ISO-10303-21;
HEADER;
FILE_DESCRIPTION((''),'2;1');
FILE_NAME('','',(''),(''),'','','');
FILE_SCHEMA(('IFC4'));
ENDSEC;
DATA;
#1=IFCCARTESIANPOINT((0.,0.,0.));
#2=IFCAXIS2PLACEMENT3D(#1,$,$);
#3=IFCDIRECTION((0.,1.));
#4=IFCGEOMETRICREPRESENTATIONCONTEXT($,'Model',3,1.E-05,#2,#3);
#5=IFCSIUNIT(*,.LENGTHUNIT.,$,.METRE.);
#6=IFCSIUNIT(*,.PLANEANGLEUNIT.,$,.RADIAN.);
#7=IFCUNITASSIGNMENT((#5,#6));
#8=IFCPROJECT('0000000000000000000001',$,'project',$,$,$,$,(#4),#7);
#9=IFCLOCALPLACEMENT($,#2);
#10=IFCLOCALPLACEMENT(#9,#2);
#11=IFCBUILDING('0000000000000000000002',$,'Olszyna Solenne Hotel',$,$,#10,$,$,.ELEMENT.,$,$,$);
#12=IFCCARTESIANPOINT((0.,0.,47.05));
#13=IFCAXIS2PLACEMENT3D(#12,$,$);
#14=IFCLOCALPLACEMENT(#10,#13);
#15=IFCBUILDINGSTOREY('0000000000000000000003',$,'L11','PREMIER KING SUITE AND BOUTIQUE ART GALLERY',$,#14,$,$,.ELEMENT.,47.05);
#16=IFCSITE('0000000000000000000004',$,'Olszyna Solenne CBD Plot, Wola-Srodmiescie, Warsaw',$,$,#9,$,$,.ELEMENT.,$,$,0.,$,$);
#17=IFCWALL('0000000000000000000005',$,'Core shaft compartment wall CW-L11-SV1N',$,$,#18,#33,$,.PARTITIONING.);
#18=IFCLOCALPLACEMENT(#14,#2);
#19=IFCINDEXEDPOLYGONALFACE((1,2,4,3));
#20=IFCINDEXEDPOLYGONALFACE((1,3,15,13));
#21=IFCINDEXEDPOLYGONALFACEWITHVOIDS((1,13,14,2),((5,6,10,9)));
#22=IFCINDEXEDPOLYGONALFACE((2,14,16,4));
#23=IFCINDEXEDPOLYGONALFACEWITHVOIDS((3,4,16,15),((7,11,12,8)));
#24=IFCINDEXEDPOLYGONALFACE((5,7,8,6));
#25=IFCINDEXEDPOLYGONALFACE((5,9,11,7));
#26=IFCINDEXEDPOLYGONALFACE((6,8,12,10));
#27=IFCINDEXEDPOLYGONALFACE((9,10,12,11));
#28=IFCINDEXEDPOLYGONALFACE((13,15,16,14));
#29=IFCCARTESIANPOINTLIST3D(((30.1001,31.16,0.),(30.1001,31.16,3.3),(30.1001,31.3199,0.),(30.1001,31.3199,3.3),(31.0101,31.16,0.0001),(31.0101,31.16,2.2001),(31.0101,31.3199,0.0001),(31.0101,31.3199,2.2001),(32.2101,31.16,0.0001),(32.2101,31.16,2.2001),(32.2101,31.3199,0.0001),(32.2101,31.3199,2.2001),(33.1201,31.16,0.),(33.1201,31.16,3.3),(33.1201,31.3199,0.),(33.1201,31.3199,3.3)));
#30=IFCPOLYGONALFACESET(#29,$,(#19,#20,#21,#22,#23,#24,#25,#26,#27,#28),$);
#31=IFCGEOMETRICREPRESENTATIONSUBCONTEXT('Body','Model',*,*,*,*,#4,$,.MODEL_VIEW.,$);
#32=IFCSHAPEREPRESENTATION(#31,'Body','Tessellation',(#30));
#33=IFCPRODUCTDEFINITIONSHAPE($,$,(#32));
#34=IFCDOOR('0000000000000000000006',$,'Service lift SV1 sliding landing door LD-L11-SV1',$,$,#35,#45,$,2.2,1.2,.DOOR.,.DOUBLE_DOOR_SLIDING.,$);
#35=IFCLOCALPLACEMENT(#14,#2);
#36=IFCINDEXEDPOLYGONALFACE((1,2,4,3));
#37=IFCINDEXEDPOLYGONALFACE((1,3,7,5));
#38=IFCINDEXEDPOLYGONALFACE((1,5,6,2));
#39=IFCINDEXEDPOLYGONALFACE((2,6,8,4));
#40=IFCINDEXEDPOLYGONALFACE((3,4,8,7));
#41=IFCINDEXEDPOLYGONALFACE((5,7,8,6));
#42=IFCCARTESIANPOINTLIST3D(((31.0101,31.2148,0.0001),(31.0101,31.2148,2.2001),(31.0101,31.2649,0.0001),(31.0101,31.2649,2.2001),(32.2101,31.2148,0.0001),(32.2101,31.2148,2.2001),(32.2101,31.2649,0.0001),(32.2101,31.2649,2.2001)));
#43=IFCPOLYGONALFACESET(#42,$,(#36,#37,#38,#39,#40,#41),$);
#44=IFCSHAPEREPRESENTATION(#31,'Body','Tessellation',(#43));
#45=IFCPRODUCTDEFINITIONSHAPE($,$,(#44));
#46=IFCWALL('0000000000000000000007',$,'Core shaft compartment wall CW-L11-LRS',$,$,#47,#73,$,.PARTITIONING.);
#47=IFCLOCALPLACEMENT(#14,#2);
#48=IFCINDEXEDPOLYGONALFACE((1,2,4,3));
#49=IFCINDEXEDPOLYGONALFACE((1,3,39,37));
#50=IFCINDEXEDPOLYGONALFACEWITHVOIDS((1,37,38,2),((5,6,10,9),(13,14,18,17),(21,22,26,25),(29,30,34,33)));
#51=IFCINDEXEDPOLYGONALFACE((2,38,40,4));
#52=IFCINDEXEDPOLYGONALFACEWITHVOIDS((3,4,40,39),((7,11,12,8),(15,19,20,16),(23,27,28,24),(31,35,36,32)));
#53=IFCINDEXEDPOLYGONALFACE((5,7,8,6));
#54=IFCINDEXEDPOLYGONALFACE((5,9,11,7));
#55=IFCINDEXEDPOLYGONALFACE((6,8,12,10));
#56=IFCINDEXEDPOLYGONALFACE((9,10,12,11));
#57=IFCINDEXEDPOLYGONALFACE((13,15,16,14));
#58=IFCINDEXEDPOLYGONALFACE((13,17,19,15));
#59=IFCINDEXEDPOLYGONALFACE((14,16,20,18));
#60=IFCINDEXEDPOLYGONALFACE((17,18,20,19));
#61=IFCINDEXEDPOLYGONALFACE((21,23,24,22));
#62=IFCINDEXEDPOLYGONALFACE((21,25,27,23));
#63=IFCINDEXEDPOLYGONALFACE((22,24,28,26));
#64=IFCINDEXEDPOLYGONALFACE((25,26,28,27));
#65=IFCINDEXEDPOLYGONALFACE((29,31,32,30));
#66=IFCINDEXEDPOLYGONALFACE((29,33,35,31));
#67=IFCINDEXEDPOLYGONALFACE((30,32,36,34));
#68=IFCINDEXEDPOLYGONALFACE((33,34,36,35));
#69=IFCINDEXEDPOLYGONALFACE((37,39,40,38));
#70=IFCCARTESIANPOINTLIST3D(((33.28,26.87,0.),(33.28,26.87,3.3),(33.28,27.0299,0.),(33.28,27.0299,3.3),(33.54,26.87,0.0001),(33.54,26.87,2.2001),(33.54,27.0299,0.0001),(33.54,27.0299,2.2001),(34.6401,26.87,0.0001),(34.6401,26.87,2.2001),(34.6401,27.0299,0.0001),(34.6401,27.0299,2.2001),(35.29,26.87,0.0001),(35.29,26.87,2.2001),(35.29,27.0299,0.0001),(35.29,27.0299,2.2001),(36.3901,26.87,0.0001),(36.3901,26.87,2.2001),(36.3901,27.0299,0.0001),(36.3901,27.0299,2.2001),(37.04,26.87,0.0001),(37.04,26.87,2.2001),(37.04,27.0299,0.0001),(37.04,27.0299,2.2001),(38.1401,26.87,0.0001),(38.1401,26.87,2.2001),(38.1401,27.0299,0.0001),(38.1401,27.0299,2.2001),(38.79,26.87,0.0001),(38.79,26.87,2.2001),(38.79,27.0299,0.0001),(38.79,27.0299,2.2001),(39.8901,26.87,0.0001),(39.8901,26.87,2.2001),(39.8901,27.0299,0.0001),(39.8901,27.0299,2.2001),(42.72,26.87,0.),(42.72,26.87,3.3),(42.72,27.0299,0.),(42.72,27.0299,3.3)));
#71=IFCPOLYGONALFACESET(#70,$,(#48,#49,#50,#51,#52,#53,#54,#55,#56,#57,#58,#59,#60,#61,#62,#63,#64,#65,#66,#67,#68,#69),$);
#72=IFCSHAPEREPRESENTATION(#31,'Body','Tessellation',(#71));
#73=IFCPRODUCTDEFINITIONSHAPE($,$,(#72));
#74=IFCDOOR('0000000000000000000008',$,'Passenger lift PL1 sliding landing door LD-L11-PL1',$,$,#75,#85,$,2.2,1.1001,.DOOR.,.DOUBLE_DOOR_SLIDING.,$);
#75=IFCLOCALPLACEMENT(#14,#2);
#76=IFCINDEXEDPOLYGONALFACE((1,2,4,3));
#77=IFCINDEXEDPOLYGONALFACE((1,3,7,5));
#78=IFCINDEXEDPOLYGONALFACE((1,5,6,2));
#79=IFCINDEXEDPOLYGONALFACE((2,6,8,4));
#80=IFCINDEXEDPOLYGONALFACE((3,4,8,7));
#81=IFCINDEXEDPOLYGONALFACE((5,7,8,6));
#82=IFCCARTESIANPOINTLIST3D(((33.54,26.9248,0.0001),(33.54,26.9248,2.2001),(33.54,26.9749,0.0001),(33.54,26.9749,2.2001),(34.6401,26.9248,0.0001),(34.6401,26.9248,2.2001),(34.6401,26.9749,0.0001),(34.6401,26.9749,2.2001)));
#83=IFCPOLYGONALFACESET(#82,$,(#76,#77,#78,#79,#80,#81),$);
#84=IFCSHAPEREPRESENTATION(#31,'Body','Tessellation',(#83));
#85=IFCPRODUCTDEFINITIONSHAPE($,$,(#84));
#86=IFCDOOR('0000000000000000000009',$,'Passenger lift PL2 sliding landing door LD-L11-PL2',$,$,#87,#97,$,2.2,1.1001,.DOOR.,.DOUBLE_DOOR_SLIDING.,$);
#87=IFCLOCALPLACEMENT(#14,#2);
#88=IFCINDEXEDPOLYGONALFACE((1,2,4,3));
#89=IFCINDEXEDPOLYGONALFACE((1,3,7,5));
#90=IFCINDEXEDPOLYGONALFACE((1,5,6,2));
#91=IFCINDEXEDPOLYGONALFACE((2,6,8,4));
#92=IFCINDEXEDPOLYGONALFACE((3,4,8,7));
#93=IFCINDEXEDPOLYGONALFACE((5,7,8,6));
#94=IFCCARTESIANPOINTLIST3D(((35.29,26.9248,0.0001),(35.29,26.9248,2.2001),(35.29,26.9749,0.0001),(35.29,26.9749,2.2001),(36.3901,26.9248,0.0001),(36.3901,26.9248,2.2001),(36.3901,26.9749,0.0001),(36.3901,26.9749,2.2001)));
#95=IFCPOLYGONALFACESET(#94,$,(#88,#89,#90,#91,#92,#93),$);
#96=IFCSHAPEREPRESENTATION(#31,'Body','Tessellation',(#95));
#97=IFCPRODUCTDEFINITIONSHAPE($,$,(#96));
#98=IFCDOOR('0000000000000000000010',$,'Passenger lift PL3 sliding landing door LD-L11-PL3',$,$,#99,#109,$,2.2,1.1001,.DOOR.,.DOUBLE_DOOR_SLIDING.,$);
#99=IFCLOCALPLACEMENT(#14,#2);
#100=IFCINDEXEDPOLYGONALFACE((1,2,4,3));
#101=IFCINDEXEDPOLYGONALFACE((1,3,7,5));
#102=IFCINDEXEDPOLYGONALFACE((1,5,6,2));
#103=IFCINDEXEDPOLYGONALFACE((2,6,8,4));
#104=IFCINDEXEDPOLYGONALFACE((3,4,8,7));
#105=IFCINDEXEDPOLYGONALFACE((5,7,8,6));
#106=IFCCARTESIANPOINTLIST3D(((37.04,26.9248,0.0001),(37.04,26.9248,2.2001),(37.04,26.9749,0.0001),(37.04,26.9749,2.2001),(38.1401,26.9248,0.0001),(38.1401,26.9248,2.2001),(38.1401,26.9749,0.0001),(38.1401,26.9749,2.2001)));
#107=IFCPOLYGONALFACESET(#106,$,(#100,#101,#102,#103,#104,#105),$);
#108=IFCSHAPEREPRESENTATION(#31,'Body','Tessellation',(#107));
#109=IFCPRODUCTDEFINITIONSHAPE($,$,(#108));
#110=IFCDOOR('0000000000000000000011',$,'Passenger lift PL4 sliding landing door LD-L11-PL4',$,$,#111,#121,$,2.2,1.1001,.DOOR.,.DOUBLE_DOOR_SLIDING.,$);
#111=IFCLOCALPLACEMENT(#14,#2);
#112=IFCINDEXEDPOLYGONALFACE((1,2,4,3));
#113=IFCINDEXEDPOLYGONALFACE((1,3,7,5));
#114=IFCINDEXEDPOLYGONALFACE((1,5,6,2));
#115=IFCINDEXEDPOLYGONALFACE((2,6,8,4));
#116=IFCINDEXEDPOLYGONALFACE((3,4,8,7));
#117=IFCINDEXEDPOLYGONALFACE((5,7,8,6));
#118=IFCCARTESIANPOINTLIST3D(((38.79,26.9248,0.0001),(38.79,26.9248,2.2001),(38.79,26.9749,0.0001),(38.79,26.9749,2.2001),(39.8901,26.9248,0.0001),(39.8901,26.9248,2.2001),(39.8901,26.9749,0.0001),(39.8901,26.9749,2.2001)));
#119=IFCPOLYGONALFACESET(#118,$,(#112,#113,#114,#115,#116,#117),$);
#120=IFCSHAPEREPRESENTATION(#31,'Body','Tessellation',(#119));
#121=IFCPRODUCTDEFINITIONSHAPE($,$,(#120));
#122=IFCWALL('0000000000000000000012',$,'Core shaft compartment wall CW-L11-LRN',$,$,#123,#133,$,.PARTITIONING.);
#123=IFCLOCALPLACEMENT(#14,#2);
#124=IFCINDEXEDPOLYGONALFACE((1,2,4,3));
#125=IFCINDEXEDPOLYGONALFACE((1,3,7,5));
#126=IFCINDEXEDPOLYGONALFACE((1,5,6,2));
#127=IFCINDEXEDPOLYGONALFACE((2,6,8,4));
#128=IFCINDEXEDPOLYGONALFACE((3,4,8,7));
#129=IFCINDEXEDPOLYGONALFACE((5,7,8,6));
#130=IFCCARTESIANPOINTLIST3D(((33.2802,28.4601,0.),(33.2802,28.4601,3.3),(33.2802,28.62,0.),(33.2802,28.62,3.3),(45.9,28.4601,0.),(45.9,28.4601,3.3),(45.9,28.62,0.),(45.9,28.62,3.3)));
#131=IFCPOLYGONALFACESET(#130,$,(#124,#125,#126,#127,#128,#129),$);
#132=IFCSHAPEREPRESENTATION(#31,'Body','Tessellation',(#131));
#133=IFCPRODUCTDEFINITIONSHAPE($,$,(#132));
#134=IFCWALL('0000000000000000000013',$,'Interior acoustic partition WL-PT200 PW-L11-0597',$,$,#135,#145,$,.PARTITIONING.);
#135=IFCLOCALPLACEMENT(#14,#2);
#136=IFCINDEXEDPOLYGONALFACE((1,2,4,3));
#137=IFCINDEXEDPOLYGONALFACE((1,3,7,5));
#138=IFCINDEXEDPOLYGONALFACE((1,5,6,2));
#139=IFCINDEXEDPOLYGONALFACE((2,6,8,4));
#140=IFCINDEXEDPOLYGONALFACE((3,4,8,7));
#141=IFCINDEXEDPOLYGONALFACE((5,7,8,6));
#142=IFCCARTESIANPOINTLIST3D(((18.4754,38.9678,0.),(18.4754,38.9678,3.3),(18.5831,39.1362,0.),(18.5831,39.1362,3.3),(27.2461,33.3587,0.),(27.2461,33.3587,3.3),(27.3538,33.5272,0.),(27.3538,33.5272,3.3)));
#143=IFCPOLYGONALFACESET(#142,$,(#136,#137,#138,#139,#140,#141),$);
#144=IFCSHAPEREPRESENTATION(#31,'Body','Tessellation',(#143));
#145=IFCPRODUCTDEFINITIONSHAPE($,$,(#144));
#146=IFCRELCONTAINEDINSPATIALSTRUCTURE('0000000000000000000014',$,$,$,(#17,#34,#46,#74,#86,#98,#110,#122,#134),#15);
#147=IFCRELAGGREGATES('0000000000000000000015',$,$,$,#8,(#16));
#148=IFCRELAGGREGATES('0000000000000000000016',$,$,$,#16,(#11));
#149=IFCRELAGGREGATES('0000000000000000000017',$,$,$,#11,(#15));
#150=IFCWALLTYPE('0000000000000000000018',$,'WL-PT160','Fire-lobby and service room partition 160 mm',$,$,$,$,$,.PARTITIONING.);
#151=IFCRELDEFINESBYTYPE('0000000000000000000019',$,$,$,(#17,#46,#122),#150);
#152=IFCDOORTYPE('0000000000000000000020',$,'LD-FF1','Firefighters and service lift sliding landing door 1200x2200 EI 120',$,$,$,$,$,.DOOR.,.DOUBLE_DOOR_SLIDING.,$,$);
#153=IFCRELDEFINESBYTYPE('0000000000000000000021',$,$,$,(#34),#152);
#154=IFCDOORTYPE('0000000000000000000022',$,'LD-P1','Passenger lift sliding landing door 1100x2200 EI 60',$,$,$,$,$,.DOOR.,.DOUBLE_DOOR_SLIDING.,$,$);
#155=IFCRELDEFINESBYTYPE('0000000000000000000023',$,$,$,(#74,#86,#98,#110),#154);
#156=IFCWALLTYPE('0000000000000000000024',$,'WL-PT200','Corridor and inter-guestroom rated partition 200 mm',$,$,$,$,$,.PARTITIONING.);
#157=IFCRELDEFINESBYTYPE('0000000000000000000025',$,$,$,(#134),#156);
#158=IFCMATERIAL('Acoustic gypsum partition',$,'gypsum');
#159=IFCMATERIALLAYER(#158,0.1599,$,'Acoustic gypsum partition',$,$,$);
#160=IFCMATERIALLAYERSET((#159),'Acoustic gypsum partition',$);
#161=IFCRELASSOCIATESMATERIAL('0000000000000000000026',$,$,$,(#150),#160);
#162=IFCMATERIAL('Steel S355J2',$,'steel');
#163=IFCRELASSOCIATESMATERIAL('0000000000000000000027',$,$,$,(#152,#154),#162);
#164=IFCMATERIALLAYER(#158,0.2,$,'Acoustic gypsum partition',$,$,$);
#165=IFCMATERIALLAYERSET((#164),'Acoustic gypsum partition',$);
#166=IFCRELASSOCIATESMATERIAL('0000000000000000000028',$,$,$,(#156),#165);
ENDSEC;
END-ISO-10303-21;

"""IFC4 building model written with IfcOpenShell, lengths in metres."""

from ifc_helpers import new_model, si_unit, direction, frame, frame_2d, origin, place, context, subcontext, project, spatial, rectangle, extrude, source, transform, mapped, material, layer, layer_set, type_object, type_shapes, element, fill, save


model = new_model("IFC4")

# Units and contexts
model_context = context("Model", 3, precision=1e-05, world=origin(), true_north=direction((0.0, 1.0)))
body_context = subcontext(model_context, "Body", "Model", "MODEL_VIEW")
ifc_project = project(units=[si_unit("LENGTHUNIT", "METRE"), si_unit("PLANEANGLEUNIT", "RADIAN")], contexts=[model_context])

# Site, building, storey
site_placement = place(None, origin())
site = spatial("IfcSite", under=ifc_project, at=site_placement, Name="Olszyna Solenne CBD Plot, Wola-Srodmiescie, Warsaw", CompositionType="ELEMENT", RefElevation=0.0)
building_placement = place(site_placement, origin())
building = spatial("IfcBuilding", under=site, at=building_placement, Name="Olszyna Solenne Hotel", CompositionType="ELEMENT")
storey_placement = place(building_placement, frame((0.0, 0.0, 47.05)))
storey = spatial("IfcBuildingStorey", under=building, at=storey_placement, Name="L11", Description="PREMIER KING SUITE AND BOUTIQUE ART GALLERY", CompositionType="ELEMENT", Elevation=47.05)

# Shared definitions
ifc_material_1 = material(Name="Steel S355J2", Category="steel")

# Shared definitions
ifc_material_2 = material(Name="Acoustic gypsum partition", Category="gypsum")
ifc_layer_1 = layer(ifc_material_2, 0.1599, Name="Acoustic gypsum partition")
ifc_layer_set_1 = layer_set([ifc_layer_1], Name="Acoustic gypsum partition")
wall_type_1 = type_object("IfcWallType", Name="WL-PT160", Description="Fire-lobby and service room partition 160 mm", PredefinedType="PARTITIONING", material=ifc_layer_set_1)

# Wall, opening, door
wall_1_placement = place(storey_placement, frame((30.1001, 31.24, 0.0), z_axis=(0.0, 0.0, 1.0), x_axis=(1.0, 0.0, 0.0)))
wall_1 = element("IfcWall", 1, at=wall_1_placement, inside=storey, type_object=wall_type_1, Name="Core shaft compartment wall CW-L11-SV1N", PredefinedType="PARTITIONING", context=body_context, shape_type="SweptSolid", body=[
    extrude(rectangle(XDim=3.02, YDim=0.1599, at=frame_2d((1.51, 0.0))), origin(), (0.0, 0.0, 1.0), 3.3),
])
opening_1_placement = place(wall_1_placement, frame((0.9099, 0.0, 0.0)))
opening_1 = element("IfcOpeningElement", 2, at=opening_1_placement, cuts=wall_1, PredefinedType="OPENING", context=body_context, shape_type="SweptSolid", body=[
    extrude(rectangle(XDim=1.2, YDim=2.2, at=frame_2d((0.6001, 1.1001))), frame((0.0, 0.0898, 0.0), z_axis=(0.0, -1.0, 0.0), x_axis=(1.0, 0.0, 0.0)), (0.0, 0.0, 1.0), 0.1799),
])
door_type_1 = type_object("IfcDoorType", Name="LD-FF1", Description="Firefighters and service lift sliding landing door 1200x2200 EI 120", OperationType="DOUBLE_DOOR_SLIDING", PredefinedType="DOOR", material=ifc_material_1)
shared_shape_1 = source(origin(), body_context, "Body", "SweptSolid", [
    extrude(rectangle(XDim=1.2, YDim=2.2, at=frame_2d((0.6001, 1.1001))), frame((0.0, 0.0249, 0.0), z_axis=(0.0, -1.0, 0.0), x_axis=(1.0, 0.0, 0.0)), (0.0, 0.0, 1.0), 0.05),
])
type_shapes(door_type_1, [shared_shape_1])
door_1_placement = place(opening_1_placement, origin())
door_1 = element("IfcDoor", 3, at=door_1_placement, inside=storey, type_object=door_type_1, Name="Service lift SV1 sliding landing door LD-L11-SV1", OperationType="DOUBLE_DOOR_SLIDING", OverallHeight=2.2, OverallWidth=1.2, PredefinedType="DOOR", context=body_context, shape_type="MappedRepresentation", body=[
    mapped(shared_shape_1, transform((0.0, 0.0, 0.0), x_axis=(1.0, 0.0, 0.0), y_axis=(0.0, 1.0, 0.0), z_axis=(0.0, 0.0, 1.0), scale=1.0)),
])
fill(opening_1, door_1)

# Wall, openings, doors
wall_2_placement = place(storey_placement, frame((33.28, 26.95, 0.0), z_axis=(0.0, 0.0, 1.0), x_axis=(1.0, 0.0, 0.0)))
wall_2 = element("IfcWall", 4, at=wall_2_placement, inside=storey, type_object=wall_type_1, Name="Core shaft compartment wall CW-L11-LRS", PredefinedType="PARTITIONING", context=body_context, shape_type="SweptSolid", body=[
    extrude(rectangle(XDim=9.4399, YDim=0.1599, at=frame_2d((4.72, 0.0))), origin(), (0.0, 0.0, 1.0), 3.3),
])
opening_2_placement = place(wall_2_placement, frame((0.26, 0.0, 0.0)))
opening_2 = element("IfcOpeningElement", 5, at=opening_2_placement, cuts=wall_2, PredefinedType="OPENING", context=body_context, shape_type="SweptSolid", body=[
    extrude(rectangle(XDim=1.1001, YDim=2.2, at=frame_2d((0.55, 1.1001))), frame((0.0, 0.0898, 0.0), z_axis=(0.0, -1.0, 0.0), x_axis=(1.0, 0.0, 0.0)), (0.0, 0.0, 1.0), 0.1799),
])
opening_3_placement = place(wall_2_placement, frame((2.01, 0.0, 0.0)))
opening_3 = element("IfcOpeningElement", 6, at=opening_3_placement, cuts=wall_2, PredefinedType="OPENING", context=body_context, shape_type="SweptSolid", body=[
    extrude(rectangle(XDim=1.1001, YDim=2.2, at=frame_2d((0.55, 1.1001))), frame((0.0, 0.0898, 0.0), z_axis=(0.0, -1.0, 0.0), x_axis=(1.0, 0.0, 0.0)), (0.0, 0.0, 1.0), 0.1799),
])
opening_4_placement = place(wall_2_placement, frame((3.76, 0.0, 0.0)))
opening_4 = element("IfcOpeningElement", 7, at=opening_4_placement, cuts=wall_2, PredefinedType="OPENING", context=body_context, shape_type="SweptSolid", body=[
    extrude(rectangle(XDim=1.1001, YDim=2.2, at=frame_2d((0.55, 1.1001))), frame((0.0, 0.0898, 0.0), z_axis=(0.0, -1.0, 0.0), x_axis=(1.0, 0.0, 0.0)), (0.0, 0.0, 1.0), 0.1799),
])
opening_5_placement = place(wall_2_placement, frame((5.51, 0.0, 0.0)))
opening_5 = element("IfcOpeningElement", 8, at=opening_5_placement, cuts=wall_2, PredefinedType="OPENING", context=body_context, shape_type="SweptSolid", body=[
    extrude(rectangle(XDim=1.1001, YDim=2.2, at=frame_2d((0.55, 1.1001))), frame((0.0, 0.0898, 0.0), z_axis=(0.0, -1.0, 0.0), x_axis=(1.0, 0.0, 0.0)), (0.0, 0.0, 1.0), 0.1799),
])
door_type_2 = type_object("IfcDoorType", Name="LD-P1", Description="Passenger lift sliding landing door 1100x2200 EI 60", OperationType="DOUBLE_DOOR_SLIDING", PredefinedType="DOOR", material=ifc_material_1)
shared_shape_2 = source(origin(), body_context, "Body", "SweptSolid", [
    extrude(rectangle(XDim=1.1001, YDim=2.2, at=frame_2d((0.55, 1.1001))), frame((0.0, 0.0249, 0.0), z_axis=(0.0, -1.0, 0.0), x_axis=(1.0, 0.0, 0.0)), (0.0, 0.0, 1.0), 0.05),
])
type_shapes(door_type_2, [shared_shape_2])
door_2_placement = place(opening_2_placement, origin())
door_2 = element("IfcDoor", 9, at=door_2_placement, inside=storey, type_object=door_type_2, Name="Passenger lift PL1 sliding landing door LD-L11-PL1", OperationType="DOUBLE_DOOR_SLIDING", OverallHeight=2.2, OverallWidth=1.1001, PredefinedType="DOOR", context=body_context, shape_type="MappedRepresentation", body=[
    mapped(shared_shape_2, transform((0.0, 0.0, 0.0), x_axis=(1.0, 0.0, 0.0), y_axis=(0.0, 1.0, 0.0), z_axis=(0.0, 0.0, 1.0), scale=1.0)),
])
fill(opening_2, door_2)
door_3_placement = place(opening_3_placement, origin())
door_3 = element("IfcDoor", 10, at=door_3_placement, inside=storey, type_object=door_type_2, Name="Passenger lift PL2 sliding landing door LD-L11-PL2", OperationType="DOUBLE_DOOR_SLIDING", OverallHeight=2.2, OverallWidth=1.1001, PredefinedType="DOOR", context=body_context, shape_type="MappedRepresentation", body=[
    mapped(shared_shape_2, transform((0.0, 0.0, 0.0), x_axis=(1.0, 0.0, 0.0), y_axis=(0.0, 1.0, 0.0), z_axis=(0.0, 0.0, 1.0), scale=1.0)),
])
fill(opening_3, door_3)
door_4_placement = place(opening_4_placement, origin())
door_4 = element("IfcDoor", 11, at=door_4_placement, inside=storey, type_object=door_type_2, Name="Passenger lift PL3 sliding landing door LD-L11-PL3", OperationType="DOUBLE_DOOR_SLIDING", OverallHeight=2.2, OverallWidth=1.1001, PredefinedType="DOOR", context=body_context, shape_type="MappedRepresentation", body=[
    mapped(shared_shape_2, transform((0.0, 0.0, 0.0), x_axis=(1.0, 0.0, 0.0), y_axis=(0.0, 1.0, 0.0), z_axis=(0.0, 0.0, 1.0), scale=1.0)),
])
fill(opening_4, door_4)
door_5_placement = place(opening_5_placement, origin())
door_5 = element("IfcDoor", 12, at=door_5_placement, inside=storey, type_object=door_type_2, Name="Passenger lift PL4 sliding landing door LD-L11-PL4", OperationType="DOUBLE_DOOR_SLIDING", OverallHeight=2.2, OverallWidth=1.1001, PredefinedType="DOOR", context=body_context, shape_type="MappedRepresentation", body=[
    mapped(shared_shape_2, transform((0.0, 0.0, 0.0), x_axis=(1.0, 0.0, 0.0), y_axis=(0.0, 1.0, 0.0), z_axis=(0.0, 0.0, 1.0), scale=1.0)),
])
fill(opening_5, door_5)

# Walls
wall_3_placement = place(storey_placement, frame((33.28, 28.54, 0.0), z_axis=(0.0, 0.0, 1.0), x_axis=(1.0, 0.0, 0.0)))
element("IfcWall", 13, at=wall_3_placement, inside=storey, type_object=wall_type_1, Name="Core shaft compartment wall CW-L11-LRN", PredefinedType="PARTITIONING", context=body_context, shape_type="SweptSolid", body=[
    extrude(rectangle(XDim=12.6199, YDim=0.1599, at=frame_2d((6.3101, 0.0))), origin(), (0.0, 0.0, 1.0), 3.3),
])
ifc_layer_2 = layer(ifc_material_2, 0.2, Name="Acoustic gypsum partition")
ifc_layer_set_2 = layer_set([ifc_layer_2], Name="Acoustic gypsum partition")
wall_type_2 = type_object("IfcWallType", Name="WL-PT200", Description="Corridor and inter-guestroom rated partition 200 mm", PredefinedType="PARTITIONING", material=ifc_layer_set_2)
wall_4_placement = place(storey_placement, frame((27.3, 33.4429, 0.0), z_axis=(0.0, 0.0, 1.0), x_axis=(-0.842452, 0.538771, 0.0)))
element("IfcWall", 14, at=wall_4_placement, inside=storey, type_object=wall_type_2, Name="Interior acoustic partition WL-PT200 PW-L11-0597", PredefinedType="PARTITIONING", context=body_context, shape_type="SweptSolid", body=[
    extrude(rectangle(XDim=10.4109, YDim=0.2, at=frame_2d((5.2056, 0.0))), origin(), (0.0, 0.0, 1.0), 3.3),
])

save(model, "model.ifc")
